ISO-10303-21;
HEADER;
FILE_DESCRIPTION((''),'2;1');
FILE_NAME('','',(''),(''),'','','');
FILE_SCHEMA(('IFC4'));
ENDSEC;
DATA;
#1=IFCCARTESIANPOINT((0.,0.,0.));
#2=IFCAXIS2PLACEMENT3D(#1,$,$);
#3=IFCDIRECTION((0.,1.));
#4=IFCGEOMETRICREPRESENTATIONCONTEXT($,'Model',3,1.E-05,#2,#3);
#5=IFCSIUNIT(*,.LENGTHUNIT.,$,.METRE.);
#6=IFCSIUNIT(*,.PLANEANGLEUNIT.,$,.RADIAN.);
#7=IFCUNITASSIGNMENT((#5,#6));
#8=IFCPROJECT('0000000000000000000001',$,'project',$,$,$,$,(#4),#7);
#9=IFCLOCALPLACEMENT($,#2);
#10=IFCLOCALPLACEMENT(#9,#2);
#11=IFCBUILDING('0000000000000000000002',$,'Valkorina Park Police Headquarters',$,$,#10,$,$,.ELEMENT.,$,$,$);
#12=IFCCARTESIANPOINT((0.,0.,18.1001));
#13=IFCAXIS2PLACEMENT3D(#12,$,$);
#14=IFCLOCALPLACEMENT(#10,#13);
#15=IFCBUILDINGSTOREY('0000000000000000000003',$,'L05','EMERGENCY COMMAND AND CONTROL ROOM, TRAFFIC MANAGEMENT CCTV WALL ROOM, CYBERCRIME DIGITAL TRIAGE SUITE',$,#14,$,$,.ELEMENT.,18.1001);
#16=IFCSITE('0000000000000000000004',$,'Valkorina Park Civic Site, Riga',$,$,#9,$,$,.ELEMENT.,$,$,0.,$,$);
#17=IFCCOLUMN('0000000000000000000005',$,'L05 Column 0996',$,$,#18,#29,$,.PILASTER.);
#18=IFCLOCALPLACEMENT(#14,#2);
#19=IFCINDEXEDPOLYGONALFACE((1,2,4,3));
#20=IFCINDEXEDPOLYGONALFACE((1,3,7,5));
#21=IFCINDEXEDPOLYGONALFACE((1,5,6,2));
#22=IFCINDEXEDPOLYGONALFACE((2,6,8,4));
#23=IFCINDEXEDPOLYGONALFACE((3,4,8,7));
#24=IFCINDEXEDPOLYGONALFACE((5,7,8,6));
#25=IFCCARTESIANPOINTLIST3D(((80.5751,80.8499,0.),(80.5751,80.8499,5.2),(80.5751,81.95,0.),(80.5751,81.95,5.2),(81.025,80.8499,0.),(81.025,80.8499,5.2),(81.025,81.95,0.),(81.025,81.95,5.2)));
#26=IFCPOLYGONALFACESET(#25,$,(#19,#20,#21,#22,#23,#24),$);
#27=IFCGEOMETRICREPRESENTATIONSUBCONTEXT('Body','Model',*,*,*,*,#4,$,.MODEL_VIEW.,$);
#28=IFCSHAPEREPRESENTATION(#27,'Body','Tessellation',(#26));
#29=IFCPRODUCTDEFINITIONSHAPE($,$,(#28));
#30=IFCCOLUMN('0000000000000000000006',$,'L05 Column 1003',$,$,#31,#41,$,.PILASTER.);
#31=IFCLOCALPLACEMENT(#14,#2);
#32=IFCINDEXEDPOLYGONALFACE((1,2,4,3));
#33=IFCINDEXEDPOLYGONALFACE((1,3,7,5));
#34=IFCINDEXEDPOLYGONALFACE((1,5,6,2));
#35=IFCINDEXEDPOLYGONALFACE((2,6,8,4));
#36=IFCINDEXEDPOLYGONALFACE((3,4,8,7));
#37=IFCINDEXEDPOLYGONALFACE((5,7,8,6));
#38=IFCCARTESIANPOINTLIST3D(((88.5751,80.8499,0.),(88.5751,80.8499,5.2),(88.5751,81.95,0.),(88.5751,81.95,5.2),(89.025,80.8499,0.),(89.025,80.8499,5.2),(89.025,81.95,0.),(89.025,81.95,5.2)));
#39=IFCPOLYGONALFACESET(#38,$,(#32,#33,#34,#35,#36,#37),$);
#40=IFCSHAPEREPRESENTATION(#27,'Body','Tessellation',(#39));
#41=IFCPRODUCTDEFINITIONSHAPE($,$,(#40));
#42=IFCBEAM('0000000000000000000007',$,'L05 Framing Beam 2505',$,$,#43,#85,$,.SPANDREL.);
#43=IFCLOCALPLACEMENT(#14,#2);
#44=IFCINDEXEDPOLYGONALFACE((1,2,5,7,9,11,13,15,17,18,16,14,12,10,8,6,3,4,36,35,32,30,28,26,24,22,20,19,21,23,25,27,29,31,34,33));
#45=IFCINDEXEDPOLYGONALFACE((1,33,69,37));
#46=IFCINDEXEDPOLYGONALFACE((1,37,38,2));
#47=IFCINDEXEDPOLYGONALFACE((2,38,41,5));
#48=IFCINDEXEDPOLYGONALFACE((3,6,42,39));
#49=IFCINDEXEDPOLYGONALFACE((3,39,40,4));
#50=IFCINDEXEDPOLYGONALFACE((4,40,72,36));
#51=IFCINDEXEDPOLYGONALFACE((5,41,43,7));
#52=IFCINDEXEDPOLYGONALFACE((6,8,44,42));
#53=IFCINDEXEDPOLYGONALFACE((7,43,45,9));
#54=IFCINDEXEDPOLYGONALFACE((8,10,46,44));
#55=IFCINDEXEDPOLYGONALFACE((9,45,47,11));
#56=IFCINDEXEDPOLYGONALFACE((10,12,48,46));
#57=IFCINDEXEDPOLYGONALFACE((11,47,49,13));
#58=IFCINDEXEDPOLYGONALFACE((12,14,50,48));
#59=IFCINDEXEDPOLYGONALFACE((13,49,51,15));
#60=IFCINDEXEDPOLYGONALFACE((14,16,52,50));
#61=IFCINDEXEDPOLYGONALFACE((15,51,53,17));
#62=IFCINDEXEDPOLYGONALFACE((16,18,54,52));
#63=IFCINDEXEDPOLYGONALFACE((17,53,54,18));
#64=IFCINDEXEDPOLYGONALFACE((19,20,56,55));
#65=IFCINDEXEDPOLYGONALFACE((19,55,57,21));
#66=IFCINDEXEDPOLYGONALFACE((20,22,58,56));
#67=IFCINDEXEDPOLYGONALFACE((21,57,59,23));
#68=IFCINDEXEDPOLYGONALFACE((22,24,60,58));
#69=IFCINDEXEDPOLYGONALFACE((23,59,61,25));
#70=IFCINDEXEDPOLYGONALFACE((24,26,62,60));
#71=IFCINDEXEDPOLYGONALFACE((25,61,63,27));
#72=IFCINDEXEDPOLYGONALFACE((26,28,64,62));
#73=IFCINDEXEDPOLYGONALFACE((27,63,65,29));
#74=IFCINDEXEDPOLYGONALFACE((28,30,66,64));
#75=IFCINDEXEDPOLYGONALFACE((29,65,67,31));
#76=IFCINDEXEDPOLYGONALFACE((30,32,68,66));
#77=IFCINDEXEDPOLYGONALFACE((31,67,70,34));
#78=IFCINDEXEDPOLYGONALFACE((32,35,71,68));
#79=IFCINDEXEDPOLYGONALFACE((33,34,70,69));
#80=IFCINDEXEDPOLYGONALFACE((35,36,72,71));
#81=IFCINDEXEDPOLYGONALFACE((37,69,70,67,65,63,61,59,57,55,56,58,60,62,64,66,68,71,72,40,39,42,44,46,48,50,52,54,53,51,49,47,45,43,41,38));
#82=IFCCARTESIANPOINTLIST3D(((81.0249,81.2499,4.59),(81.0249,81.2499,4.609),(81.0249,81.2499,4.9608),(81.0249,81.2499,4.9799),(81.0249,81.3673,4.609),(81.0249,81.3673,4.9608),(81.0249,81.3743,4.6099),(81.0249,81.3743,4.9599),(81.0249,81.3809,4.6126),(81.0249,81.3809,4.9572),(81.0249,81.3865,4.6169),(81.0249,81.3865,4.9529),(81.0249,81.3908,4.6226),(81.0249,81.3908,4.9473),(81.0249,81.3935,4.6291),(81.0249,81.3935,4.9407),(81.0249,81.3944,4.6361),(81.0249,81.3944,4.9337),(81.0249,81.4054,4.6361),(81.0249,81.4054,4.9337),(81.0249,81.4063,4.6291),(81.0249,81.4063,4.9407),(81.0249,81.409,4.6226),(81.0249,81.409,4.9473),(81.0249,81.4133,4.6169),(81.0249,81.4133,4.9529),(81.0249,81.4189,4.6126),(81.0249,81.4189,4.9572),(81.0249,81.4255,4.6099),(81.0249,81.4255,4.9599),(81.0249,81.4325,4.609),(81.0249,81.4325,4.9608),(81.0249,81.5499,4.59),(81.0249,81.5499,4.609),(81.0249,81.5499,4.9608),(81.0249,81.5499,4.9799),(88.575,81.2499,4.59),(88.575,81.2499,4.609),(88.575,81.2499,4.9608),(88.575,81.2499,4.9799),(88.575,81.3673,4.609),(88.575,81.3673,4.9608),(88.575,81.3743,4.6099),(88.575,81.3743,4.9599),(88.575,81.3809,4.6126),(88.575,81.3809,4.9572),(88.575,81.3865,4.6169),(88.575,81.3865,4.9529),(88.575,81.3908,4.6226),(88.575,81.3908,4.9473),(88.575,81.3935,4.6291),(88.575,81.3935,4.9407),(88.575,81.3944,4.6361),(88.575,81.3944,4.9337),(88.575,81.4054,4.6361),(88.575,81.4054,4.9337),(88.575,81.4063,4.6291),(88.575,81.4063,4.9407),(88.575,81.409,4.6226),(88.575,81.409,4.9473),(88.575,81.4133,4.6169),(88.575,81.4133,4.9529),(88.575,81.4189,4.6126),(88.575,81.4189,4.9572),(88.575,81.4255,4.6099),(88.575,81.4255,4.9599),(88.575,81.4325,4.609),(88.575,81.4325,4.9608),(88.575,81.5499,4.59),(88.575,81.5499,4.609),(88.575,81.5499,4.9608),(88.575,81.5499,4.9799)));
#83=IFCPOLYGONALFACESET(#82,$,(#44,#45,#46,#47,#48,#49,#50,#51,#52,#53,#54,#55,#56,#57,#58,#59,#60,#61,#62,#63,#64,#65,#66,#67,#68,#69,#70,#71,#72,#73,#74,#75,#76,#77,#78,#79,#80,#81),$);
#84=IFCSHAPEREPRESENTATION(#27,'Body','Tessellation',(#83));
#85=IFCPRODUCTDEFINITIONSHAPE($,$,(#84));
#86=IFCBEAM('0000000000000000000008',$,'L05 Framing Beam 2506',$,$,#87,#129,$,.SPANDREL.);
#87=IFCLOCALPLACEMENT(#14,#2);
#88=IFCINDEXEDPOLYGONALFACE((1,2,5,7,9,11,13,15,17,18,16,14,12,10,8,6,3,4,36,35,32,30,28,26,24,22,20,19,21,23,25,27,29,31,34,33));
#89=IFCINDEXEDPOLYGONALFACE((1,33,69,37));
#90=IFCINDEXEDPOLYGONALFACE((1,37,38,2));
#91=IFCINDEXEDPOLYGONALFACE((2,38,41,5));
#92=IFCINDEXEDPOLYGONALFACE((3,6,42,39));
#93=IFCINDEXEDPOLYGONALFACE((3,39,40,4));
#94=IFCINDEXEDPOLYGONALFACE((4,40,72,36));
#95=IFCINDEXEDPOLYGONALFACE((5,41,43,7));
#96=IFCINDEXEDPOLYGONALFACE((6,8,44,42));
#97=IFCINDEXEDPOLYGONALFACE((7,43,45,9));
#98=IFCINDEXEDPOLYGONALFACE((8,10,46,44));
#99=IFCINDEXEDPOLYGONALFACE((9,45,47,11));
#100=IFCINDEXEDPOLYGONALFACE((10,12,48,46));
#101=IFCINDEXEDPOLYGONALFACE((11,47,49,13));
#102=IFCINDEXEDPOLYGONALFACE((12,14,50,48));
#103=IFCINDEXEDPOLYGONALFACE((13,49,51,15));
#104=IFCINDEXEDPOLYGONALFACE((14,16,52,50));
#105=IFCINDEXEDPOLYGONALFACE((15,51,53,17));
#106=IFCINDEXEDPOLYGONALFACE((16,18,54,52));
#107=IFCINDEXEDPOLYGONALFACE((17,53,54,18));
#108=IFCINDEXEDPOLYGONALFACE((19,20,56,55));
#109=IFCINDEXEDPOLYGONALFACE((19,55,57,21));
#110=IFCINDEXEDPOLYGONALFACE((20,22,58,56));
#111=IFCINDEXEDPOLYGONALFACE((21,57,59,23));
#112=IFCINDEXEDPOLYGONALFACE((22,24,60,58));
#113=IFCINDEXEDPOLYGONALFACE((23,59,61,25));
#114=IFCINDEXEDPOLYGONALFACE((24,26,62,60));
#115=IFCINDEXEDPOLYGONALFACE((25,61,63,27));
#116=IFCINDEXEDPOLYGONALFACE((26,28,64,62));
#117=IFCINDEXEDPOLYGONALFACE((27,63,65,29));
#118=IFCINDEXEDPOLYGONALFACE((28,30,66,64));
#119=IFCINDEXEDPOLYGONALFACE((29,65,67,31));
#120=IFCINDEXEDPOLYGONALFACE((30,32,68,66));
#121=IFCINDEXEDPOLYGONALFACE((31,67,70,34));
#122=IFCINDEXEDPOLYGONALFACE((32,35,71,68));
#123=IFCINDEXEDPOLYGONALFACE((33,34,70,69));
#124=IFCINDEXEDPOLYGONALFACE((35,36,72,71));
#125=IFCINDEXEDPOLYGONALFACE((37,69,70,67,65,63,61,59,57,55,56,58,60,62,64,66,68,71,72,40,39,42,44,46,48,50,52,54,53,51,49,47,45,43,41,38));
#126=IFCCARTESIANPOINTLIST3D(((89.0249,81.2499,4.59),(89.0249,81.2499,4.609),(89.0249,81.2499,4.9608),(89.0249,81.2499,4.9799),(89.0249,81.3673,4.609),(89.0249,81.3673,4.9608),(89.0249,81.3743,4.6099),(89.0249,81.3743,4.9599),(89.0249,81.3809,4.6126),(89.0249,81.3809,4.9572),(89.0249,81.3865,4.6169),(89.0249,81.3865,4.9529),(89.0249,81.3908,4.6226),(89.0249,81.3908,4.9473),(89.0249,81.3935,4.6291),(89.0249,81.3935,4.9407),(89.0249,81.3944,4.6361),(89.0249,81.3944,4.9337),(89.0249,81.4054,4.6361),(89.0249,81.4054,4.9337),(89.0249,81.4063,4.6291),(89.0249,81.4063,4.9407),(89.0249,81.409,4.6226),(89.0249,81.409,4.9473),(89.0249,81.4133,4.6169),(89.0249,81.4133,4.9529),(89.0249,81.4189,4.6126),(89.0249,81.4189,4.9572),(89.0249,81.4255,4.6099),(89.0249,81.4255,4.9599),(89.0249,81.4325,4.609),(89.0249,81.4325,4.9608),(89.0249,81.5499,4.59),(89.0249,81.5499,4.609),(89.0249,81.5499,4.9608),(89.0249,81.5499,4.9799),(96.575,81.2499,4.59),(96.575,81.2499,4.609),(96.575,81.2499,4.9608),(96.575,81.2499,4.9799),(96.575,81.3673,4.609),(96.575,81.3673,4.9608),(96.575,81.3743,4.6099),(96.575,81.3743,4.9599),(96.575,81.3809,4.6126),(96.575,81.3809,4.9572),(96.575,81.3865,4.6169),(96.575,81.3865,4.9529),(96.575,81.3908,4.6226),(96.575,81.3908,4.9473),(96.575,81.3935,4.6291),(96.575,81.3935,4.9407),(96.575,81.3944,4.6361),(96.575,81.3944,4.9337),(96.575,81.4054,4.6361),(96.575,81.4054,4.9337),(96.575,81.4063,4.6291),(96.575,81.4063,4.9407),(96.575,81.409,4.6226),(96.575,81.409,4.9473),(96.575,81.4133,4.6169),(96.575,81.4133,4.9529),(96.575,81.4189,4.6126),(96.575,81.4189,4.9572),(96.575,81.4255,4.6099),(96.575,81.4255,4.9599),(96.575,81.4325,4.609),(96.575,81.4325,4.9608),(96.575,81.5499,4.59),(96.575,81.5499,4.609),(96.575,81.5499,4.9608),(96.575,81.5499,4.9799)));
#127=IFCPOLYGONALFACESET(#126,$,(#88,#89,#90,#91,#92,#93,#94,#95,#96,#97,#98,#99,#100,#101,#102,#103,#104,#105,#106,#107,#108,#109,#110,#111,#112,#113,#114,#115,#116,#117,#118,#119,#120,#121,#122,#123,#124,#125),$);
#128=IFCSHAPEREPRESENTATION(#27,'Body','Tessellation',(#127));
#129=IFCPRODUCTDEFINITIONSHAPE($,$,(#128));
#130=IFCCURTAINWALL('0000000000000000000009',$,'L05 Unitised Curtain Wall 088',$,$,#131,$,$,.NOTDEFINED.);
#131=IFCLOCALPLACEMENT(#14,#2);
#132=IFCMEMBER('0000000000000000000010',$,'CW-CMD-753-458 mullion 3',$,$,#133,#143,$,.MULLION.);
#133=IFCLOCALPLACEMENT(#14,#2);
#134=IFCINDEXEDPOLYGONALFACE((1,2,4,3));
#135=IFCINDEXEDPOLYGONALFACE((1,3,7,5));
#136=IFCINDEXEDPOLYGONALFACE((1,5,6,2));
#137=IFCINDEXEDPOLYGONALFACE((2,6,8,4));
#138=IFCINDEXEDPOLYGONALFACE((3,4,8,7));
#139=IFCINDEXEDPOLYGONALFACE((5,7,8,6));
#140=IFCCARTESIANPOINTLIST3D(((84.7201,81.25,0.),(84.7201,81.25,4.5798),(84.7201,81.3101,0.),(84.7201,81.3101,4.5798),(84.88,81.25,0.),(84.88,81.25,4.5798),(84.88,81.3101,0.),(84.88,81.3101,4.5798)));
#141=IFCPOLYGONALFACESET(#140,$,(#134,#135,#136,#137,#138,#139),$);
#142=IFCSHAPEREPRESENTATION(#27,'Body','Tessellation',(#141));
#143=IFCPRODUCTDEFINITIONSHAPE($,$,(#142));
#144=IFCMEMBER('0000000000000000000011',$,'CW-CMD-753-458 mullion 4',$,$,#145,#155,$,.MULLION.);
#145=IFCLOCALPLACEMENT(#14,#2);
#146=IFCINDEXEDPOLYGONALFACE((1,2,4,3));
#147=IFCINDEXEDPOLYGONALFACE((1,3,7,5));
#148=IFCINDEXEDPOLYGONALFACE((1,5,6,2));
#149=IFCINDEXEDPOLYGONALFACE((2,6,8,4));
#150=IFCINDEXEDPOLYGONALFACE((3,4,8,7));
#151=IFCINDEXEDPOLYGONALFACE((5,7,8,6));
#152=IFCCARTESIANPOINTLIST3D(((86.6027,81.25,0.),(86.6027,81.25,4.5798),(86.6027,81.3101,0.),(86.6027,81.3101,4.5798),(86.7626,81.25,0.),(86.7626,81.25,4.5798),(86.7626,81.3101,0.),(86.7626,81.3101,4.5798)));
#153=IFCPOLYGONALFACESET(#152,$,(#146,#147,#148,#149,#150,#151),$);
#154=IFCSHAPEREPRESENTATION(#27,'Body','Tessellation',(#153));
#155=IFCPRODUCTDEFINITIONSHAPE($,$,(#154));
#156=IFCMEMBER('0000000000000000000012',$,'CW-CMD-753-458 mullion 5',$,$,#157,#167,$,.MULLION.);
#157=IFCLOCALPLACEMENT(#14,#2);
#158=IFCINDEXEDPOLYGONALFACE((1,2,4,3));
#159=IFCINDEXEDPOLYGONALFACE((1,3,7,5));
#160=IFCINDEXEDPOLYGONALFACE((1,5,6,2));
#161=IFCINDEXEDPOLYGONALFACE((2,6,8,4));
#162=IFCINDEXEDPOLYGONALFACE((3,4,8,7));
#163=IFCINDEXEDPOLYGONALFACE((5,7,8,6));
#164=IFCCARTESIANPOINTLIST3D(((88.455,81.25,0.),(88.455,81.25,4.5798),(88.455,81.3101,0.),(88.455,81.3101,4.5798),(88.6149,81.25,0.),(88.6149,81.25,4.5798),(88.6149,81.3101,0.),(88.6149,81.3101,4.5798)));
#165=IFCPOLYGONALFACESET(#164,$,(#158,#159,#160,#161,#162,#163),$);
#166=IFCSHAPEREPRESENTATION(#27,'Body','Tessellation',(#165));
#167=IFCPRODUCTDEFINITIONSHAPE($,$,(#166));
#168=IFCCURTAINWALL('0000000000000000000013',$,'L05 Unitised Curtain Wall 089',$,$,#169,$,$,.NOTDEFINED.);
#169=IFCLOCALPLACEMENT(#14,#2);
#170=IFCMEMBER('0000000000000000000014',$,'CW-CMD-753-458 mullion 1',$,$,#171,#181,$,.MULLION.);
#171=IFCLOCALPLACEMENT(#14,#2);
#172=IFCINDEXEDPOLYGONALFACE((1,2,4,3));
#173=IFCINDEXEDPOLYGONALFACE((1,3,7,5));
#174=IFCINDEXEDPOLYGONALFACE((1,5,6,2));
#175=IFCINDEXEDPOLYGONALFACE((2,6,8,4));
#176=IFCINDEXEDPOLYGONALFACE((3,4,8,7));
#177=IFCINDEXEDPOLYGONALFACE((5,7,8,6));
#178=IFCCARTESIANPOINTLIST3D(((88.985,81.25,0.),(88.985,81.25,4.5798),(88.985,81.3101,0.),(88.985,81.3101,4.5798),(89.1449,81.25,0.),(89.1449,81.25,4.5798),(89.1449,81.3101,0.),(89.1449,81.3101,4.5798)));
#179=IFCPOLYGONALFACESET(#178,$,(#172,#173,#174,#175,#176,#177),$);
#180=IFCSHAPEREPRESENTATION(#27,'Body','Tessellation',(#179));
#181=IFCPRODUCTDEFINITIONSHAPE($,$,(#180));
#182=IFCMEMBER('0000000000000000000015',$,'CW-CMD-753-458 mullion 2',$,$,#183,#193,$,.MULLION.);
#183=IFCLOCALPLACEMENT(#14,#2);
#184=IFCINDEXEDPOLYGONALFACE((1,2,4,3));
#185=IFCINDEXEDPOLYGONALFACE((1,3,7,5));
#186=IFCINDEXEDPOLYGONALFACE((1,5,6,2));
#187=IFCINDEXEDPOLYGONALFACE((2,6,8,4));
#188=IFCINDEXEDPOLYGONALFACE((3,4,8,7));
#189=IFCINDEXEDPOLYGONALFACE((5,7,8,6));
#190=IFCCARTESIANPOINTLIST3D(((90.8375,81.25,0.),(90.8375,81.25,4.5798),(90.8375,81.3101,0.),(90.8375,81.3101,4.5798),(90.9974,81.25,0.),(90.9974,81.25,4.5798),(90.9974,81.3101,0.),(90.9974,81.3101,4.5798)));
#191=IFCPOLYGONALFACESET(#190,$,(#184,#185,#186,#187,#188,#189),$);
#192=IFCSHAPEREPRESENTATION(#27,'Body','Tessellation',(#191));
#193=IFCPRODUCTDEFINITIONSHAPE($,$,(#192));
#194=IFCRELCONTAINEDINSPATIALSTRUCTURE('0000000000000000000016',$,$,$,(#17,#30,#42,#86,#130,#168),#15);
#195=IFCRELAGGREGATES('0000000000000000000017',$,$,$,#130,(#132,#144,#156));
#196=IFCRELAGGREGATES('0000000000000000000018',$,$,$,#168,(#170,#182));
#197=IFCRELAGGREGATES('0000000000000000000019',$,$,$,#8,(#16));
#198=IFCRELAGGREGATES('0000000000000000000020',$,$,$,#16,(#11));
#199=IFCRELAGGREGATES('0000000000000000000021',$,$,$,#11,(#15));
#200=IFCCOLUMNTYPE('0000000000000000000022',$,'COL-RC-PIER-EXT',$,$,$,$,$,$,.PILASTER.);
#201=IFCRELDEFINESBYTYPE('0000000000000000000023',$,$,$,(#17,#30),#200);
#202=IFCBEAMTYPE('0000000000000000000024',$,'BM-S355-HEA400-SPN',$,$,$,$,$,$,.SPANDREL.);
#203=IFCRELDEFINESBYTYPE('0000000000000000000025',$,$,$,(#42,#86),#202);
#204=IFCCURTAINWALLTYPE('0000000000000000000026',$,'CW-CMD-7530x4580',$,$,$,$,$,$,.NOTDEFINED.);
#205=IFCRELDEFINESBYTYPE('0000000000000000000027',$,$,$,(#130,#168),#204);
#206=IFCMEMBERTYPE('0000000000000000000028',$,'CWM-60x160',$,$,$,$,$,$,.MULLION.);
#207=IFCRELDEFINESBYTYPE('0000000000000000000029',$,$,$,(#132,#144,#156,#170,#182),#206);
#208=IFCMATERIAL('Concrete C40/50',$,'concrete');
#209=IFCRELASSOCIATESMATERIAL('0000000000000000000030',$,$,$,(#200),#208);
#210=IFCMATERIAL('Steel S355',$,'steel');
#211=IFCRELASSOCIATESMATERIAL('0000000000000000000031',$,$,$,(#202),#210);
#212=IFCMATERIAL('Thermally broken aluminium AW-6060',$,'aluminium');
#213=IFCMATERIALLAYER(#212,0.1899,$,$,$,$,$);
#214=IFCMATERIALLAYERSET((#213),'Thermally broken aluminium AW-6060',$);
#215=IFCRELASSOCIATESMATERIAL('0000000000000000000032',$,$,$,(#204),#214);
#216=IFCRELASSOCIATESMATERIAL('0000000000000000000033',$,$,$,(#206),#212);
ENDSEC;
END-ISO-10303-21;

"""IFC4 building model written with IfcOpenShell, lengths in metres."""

from ifc_helpers import new_model, si_unit, direction, frame, origin, origin_2d, place, context, subcontext, project, spatial, rectangle, i_section, extrude, material, layer, layer_set, material_profile, profile_set, type_object, element, aggregate, save


model = new_model("IFC4")

# Units and contexts
model_context = context("Model", 3, precision=1e-05, world=origin(), true_north=direction((0.0, 1.0)))
body_context = subcontext(model_context, "Body", "Model", "MODEL_VIEW")
ifc_project = project(units=[si_unit("LENGTHUNIT", "METRE"), si_unit("PLANEANGLEUNIT", "RADIAN")], contexts=[model_context])

# Site, building, storey
site_placement = place(None, origin())
site = spatial("IfcSite", under=ifc_project, at=site_placement, Name="Valkorina Park Civic Site, Riga", CompositionType="ELEMENT", RefElevation=0.0)
building_placement = place(site_placement, origin())
building = spatial("IfcBuilding", under=site, at=building_placement, Name="Valkorina Park Police Headquarters", CompositionType="ELEMENT")
storey_placement = place(building_placement, frame((0.0, 0.0, 18.1001)))
storey = spatial("IfcBuildingStorey", under=building, at=storey_placement, Name="L05", Description="EMERGENCY COMMAND AND CONTROL ROOM, TRAFFIC MANAGEMENT CCTV WALL ROOM, CYBERCRIME DIGITAL TRIAGE SUITE", CompositionType="ELEMENT", Elevation=18.1001)

# Columns
ifc_material_1 = material(Name="Concrete C40/50", Category="concrete")
ifc_material_profile_1 = material_profile(ifc_material_1, rectangle(XDim=0.45, YDim=1.1001, at=origin_2d()), Name="RC PIER 450x1100")
ifc_profile_set_1 = profile_set([ifc_material_profile_1], Name="Concrete C40/50")
column_type = type_object("IfcColumnType", Name="COL-RC-PIER-EXT", PredefinedType="PILASTER", material=ifc_profile_set_1)
for number, where, z_axis, x_axis, name in (
    (1, (80.8, 81.3999, 0.0), (0.0, 0.0, 1.0), (1.0, 0.0, 0.0), "L05 Column 0996"),
    (2, (88.8, 81.3999, 0.0), (0.0, 0.0, 1.0), (1.0, 0.0, 0.0), "L05 Column 1003"),
):
    element("IfcColumn", number, at=place(storey_placement, frame(where, z_axis=z_axis, x_axis=x_axis)), inside=storey, type_object=column_type, Name=name, PredefinedType="PILASTER", context=body_context, shape_type="SweptSolid", body=[
        extrude(rectangle(XDim=0.45, YDim=1.1001, at=origin_2d()), origin(), (0.0, 0.0, 1.0), 5.2),
    ])

# Beams
ifc_material_2 = material(Name="Steel S355", Category="steel")
ifc_material_profile_2 = material_profile(ifc_material_2, i_section(OverallWidth=0.3, OverallDepth=0.3899, WebThickness=0.011, FlangeThickness=0.019, FilletRadius=0.0271, at=origin_2d()), Name="HEA 400")
ifc_profile_set_2 = profile_set([ifc_material_profile_2], Name="Steel S355")
beam_type = type_object("IfcBeamType", Name="BM-S355-HEA400-SPN", PredefinedType="SPANDREL", material=ifc_profile_set_2)
for number, where, z_axis, x_axis, name in (
    (3, (81.0249, 81.3999, 4.7849), (1.0, 0.0, 0.0), (0.0, 1.0, 0.0), "L05 Framing Beam 2505"),
    (4, (89.0249, 81.3999, 4.7849), (1.0, 0.0, 0.0), (0.0, 1.0, 0.0), "L05 Framing Beam 2506"),
):
    element("IfcBeam", number, at=place(storey_placement, frame(where, z_axis=z_axis, x_axis=x_axis)), inside=storey, type_object=beam_type, Name=name, PredefinedType="SPANDREL", context=body_context, shape_type="SweptSolid", body=[
        extrude(i_section(OverallWidth=0.3, OverallDepth=0.3899, WebThickness=0.011, FlangeThickness=0.019, FilletRadius=0.0271, at=origin_2d()), origin(), (0.0, 0.0, 1.0), 7.55),
    ])

# Curtain walls, members
ifc_material_3 = material(Name="Thermally broken aluminium AW-6060", Category="aluminium")
ifc_layer_1 = layer(ifc_material_3, 0.1899)
ifc_layer_set_1 = layer_set([ifc_layer_1], Name="Thermally broken aluminium AW-6060")
curtain_wall_type = type_object("IfcCurtainWallType", Name="CW-CMD-7530x4580", PredefinedType="NOTDEFINED", material=ifc_layer_set_1)
curtain_wall_1_placement = place(storey_placement, origin())
curtain_wall_1 = element("IfcCurtainWall", 5, at=curtain_wall_1_placement, inside=storey, type_object=curtain_wall_type, Name="L05 Unitised Curtain Wall 088", PredefinedType="NOTDEFINED")
ifc_material_profile_3 = material_profile(ifc_material_3, rectangle(XDim=0.0601, YDim=0.1599, at=origin_2d()), Name="CWM-01 60x160")
ifc_profile_set_3 = profile_set([ifc_material_profile_3], Name="Thermally broken aluminium AW-6060")
member_type_1 = type_object("IfcMemberType", Name="CWM-60x160", PredefinedType="MULLION", material=ifc_profile_set_3)
member_1_placement = place(storey_placement, frame((84.8, 81.28, 0.0), z_axis=(0.0, 0.0, 1.0), x_axis=(0.0, 1.0, 0.0)))
member_1 = element("IfcMember", 6, at=member_1_placement, type_object=member_type_1, Name="CW-CMD-753-458 mullion 3", PredefinedType="MULLION", context=body_context, shape_type="SweptSolid", body=[
    extrude(rectangle(XDim=0.0601, YDim=0.1599, at=origin_2d()), origin(), (0.0, 0.0, 1.0), 4.5798),
])
member_2_placement = place(storey_placement, frame((86.6826, 81.28, 0.0), z_axis=(0.0, 0.0, 1.0), x_axis=(0.0, 1.0, 0.0)))
member_2 = element("IfcMember", 7, at=member_2_placement, type_object=member_type_1, Name="CW-CMD-753-458 mullion 4", PredefinedType="MULLION", context=body_context, shape_type="SweptSolid", body=[
    extrude(rectangle(XDim=0.0601, YDim=0.1599, at=origin_2d()), origin(), (0.0, 0.0, 1.0), 4.5798),
])
member_3_placement = place(storey_placement, frame((88.5349, 81.28, 0.0), z_axis=(0.0, 0.0, 1.0), x_axis=(0.0, 1.0, 0.0)))
member_3 = element("IfcMember", 8, at=member_3_placement, type_object=member_type_1, Name="CW-CMD-753-458 mullion 5", PredefinedType="MULLION", context=body_context, shape_type="SweptSolid", body=[
    extrude(rectangle(XDim=0.0601, YDim=0.1599, at=origin_2d()), origin(), (0.0, 0.0, 1.0), 4.5798),
])
curtain_wall_2_placement = place(storey_placement, origin())
curtain_wall_2 = element("IfcCurtainWall", 9, at=curtain_wall_2_placement, inside=storey, type_object=curtain_wall_type, Name="L05 Unitised Curtain Wall 089", PredefinedType="NOTDEFINED")
member_4_placement = place(storey_placement, frame((89.0649, 81.28, 0.0), z_axis=(0.0, 0.0, 1.0), x_axis=(0.0, 1.0, 0.0)))
member_4 = element("IfcMember", 10, at=member_4_placement, type_object=member_type_1, Name="CW-CMD-753-458 mullion 1", PredefinedType="MULLION", context=body_context, shape_type="SweptSolid", body=[
    extrude(rectangle(XDim=0.0601, YDim=0.1599, at=origin_2d()), origin(), (0.0, 0.0, 1.0), 4.5798),
])
member_5_placement = place(storey_placement, frame((90.9175, 81.28, 0.0), z_axis=(0.0, 0.0, 1.0), x_axis=(0.0, 1.0, 0.0)))
member_5 = element("IfcMember", 11, at=member_5_placement, type_object=member_type_1, Name="CW-CMD-753-458 mullion 2", PredefinedType="MULLION", context=body_context, shape_type="SweptSolid", body=[
    extrude(rectangle(XDim=0.0601, YDim=0.1599, at=origin_2d()), origin(), (0.0, 0.0, 1.0), 4.5798),
])

aggregate(curtain_wall_1, [member_1, member_2, member_3])
aggregate(curtain_wall_2, [member_4, member_5])

save(model, "model.ifc")
